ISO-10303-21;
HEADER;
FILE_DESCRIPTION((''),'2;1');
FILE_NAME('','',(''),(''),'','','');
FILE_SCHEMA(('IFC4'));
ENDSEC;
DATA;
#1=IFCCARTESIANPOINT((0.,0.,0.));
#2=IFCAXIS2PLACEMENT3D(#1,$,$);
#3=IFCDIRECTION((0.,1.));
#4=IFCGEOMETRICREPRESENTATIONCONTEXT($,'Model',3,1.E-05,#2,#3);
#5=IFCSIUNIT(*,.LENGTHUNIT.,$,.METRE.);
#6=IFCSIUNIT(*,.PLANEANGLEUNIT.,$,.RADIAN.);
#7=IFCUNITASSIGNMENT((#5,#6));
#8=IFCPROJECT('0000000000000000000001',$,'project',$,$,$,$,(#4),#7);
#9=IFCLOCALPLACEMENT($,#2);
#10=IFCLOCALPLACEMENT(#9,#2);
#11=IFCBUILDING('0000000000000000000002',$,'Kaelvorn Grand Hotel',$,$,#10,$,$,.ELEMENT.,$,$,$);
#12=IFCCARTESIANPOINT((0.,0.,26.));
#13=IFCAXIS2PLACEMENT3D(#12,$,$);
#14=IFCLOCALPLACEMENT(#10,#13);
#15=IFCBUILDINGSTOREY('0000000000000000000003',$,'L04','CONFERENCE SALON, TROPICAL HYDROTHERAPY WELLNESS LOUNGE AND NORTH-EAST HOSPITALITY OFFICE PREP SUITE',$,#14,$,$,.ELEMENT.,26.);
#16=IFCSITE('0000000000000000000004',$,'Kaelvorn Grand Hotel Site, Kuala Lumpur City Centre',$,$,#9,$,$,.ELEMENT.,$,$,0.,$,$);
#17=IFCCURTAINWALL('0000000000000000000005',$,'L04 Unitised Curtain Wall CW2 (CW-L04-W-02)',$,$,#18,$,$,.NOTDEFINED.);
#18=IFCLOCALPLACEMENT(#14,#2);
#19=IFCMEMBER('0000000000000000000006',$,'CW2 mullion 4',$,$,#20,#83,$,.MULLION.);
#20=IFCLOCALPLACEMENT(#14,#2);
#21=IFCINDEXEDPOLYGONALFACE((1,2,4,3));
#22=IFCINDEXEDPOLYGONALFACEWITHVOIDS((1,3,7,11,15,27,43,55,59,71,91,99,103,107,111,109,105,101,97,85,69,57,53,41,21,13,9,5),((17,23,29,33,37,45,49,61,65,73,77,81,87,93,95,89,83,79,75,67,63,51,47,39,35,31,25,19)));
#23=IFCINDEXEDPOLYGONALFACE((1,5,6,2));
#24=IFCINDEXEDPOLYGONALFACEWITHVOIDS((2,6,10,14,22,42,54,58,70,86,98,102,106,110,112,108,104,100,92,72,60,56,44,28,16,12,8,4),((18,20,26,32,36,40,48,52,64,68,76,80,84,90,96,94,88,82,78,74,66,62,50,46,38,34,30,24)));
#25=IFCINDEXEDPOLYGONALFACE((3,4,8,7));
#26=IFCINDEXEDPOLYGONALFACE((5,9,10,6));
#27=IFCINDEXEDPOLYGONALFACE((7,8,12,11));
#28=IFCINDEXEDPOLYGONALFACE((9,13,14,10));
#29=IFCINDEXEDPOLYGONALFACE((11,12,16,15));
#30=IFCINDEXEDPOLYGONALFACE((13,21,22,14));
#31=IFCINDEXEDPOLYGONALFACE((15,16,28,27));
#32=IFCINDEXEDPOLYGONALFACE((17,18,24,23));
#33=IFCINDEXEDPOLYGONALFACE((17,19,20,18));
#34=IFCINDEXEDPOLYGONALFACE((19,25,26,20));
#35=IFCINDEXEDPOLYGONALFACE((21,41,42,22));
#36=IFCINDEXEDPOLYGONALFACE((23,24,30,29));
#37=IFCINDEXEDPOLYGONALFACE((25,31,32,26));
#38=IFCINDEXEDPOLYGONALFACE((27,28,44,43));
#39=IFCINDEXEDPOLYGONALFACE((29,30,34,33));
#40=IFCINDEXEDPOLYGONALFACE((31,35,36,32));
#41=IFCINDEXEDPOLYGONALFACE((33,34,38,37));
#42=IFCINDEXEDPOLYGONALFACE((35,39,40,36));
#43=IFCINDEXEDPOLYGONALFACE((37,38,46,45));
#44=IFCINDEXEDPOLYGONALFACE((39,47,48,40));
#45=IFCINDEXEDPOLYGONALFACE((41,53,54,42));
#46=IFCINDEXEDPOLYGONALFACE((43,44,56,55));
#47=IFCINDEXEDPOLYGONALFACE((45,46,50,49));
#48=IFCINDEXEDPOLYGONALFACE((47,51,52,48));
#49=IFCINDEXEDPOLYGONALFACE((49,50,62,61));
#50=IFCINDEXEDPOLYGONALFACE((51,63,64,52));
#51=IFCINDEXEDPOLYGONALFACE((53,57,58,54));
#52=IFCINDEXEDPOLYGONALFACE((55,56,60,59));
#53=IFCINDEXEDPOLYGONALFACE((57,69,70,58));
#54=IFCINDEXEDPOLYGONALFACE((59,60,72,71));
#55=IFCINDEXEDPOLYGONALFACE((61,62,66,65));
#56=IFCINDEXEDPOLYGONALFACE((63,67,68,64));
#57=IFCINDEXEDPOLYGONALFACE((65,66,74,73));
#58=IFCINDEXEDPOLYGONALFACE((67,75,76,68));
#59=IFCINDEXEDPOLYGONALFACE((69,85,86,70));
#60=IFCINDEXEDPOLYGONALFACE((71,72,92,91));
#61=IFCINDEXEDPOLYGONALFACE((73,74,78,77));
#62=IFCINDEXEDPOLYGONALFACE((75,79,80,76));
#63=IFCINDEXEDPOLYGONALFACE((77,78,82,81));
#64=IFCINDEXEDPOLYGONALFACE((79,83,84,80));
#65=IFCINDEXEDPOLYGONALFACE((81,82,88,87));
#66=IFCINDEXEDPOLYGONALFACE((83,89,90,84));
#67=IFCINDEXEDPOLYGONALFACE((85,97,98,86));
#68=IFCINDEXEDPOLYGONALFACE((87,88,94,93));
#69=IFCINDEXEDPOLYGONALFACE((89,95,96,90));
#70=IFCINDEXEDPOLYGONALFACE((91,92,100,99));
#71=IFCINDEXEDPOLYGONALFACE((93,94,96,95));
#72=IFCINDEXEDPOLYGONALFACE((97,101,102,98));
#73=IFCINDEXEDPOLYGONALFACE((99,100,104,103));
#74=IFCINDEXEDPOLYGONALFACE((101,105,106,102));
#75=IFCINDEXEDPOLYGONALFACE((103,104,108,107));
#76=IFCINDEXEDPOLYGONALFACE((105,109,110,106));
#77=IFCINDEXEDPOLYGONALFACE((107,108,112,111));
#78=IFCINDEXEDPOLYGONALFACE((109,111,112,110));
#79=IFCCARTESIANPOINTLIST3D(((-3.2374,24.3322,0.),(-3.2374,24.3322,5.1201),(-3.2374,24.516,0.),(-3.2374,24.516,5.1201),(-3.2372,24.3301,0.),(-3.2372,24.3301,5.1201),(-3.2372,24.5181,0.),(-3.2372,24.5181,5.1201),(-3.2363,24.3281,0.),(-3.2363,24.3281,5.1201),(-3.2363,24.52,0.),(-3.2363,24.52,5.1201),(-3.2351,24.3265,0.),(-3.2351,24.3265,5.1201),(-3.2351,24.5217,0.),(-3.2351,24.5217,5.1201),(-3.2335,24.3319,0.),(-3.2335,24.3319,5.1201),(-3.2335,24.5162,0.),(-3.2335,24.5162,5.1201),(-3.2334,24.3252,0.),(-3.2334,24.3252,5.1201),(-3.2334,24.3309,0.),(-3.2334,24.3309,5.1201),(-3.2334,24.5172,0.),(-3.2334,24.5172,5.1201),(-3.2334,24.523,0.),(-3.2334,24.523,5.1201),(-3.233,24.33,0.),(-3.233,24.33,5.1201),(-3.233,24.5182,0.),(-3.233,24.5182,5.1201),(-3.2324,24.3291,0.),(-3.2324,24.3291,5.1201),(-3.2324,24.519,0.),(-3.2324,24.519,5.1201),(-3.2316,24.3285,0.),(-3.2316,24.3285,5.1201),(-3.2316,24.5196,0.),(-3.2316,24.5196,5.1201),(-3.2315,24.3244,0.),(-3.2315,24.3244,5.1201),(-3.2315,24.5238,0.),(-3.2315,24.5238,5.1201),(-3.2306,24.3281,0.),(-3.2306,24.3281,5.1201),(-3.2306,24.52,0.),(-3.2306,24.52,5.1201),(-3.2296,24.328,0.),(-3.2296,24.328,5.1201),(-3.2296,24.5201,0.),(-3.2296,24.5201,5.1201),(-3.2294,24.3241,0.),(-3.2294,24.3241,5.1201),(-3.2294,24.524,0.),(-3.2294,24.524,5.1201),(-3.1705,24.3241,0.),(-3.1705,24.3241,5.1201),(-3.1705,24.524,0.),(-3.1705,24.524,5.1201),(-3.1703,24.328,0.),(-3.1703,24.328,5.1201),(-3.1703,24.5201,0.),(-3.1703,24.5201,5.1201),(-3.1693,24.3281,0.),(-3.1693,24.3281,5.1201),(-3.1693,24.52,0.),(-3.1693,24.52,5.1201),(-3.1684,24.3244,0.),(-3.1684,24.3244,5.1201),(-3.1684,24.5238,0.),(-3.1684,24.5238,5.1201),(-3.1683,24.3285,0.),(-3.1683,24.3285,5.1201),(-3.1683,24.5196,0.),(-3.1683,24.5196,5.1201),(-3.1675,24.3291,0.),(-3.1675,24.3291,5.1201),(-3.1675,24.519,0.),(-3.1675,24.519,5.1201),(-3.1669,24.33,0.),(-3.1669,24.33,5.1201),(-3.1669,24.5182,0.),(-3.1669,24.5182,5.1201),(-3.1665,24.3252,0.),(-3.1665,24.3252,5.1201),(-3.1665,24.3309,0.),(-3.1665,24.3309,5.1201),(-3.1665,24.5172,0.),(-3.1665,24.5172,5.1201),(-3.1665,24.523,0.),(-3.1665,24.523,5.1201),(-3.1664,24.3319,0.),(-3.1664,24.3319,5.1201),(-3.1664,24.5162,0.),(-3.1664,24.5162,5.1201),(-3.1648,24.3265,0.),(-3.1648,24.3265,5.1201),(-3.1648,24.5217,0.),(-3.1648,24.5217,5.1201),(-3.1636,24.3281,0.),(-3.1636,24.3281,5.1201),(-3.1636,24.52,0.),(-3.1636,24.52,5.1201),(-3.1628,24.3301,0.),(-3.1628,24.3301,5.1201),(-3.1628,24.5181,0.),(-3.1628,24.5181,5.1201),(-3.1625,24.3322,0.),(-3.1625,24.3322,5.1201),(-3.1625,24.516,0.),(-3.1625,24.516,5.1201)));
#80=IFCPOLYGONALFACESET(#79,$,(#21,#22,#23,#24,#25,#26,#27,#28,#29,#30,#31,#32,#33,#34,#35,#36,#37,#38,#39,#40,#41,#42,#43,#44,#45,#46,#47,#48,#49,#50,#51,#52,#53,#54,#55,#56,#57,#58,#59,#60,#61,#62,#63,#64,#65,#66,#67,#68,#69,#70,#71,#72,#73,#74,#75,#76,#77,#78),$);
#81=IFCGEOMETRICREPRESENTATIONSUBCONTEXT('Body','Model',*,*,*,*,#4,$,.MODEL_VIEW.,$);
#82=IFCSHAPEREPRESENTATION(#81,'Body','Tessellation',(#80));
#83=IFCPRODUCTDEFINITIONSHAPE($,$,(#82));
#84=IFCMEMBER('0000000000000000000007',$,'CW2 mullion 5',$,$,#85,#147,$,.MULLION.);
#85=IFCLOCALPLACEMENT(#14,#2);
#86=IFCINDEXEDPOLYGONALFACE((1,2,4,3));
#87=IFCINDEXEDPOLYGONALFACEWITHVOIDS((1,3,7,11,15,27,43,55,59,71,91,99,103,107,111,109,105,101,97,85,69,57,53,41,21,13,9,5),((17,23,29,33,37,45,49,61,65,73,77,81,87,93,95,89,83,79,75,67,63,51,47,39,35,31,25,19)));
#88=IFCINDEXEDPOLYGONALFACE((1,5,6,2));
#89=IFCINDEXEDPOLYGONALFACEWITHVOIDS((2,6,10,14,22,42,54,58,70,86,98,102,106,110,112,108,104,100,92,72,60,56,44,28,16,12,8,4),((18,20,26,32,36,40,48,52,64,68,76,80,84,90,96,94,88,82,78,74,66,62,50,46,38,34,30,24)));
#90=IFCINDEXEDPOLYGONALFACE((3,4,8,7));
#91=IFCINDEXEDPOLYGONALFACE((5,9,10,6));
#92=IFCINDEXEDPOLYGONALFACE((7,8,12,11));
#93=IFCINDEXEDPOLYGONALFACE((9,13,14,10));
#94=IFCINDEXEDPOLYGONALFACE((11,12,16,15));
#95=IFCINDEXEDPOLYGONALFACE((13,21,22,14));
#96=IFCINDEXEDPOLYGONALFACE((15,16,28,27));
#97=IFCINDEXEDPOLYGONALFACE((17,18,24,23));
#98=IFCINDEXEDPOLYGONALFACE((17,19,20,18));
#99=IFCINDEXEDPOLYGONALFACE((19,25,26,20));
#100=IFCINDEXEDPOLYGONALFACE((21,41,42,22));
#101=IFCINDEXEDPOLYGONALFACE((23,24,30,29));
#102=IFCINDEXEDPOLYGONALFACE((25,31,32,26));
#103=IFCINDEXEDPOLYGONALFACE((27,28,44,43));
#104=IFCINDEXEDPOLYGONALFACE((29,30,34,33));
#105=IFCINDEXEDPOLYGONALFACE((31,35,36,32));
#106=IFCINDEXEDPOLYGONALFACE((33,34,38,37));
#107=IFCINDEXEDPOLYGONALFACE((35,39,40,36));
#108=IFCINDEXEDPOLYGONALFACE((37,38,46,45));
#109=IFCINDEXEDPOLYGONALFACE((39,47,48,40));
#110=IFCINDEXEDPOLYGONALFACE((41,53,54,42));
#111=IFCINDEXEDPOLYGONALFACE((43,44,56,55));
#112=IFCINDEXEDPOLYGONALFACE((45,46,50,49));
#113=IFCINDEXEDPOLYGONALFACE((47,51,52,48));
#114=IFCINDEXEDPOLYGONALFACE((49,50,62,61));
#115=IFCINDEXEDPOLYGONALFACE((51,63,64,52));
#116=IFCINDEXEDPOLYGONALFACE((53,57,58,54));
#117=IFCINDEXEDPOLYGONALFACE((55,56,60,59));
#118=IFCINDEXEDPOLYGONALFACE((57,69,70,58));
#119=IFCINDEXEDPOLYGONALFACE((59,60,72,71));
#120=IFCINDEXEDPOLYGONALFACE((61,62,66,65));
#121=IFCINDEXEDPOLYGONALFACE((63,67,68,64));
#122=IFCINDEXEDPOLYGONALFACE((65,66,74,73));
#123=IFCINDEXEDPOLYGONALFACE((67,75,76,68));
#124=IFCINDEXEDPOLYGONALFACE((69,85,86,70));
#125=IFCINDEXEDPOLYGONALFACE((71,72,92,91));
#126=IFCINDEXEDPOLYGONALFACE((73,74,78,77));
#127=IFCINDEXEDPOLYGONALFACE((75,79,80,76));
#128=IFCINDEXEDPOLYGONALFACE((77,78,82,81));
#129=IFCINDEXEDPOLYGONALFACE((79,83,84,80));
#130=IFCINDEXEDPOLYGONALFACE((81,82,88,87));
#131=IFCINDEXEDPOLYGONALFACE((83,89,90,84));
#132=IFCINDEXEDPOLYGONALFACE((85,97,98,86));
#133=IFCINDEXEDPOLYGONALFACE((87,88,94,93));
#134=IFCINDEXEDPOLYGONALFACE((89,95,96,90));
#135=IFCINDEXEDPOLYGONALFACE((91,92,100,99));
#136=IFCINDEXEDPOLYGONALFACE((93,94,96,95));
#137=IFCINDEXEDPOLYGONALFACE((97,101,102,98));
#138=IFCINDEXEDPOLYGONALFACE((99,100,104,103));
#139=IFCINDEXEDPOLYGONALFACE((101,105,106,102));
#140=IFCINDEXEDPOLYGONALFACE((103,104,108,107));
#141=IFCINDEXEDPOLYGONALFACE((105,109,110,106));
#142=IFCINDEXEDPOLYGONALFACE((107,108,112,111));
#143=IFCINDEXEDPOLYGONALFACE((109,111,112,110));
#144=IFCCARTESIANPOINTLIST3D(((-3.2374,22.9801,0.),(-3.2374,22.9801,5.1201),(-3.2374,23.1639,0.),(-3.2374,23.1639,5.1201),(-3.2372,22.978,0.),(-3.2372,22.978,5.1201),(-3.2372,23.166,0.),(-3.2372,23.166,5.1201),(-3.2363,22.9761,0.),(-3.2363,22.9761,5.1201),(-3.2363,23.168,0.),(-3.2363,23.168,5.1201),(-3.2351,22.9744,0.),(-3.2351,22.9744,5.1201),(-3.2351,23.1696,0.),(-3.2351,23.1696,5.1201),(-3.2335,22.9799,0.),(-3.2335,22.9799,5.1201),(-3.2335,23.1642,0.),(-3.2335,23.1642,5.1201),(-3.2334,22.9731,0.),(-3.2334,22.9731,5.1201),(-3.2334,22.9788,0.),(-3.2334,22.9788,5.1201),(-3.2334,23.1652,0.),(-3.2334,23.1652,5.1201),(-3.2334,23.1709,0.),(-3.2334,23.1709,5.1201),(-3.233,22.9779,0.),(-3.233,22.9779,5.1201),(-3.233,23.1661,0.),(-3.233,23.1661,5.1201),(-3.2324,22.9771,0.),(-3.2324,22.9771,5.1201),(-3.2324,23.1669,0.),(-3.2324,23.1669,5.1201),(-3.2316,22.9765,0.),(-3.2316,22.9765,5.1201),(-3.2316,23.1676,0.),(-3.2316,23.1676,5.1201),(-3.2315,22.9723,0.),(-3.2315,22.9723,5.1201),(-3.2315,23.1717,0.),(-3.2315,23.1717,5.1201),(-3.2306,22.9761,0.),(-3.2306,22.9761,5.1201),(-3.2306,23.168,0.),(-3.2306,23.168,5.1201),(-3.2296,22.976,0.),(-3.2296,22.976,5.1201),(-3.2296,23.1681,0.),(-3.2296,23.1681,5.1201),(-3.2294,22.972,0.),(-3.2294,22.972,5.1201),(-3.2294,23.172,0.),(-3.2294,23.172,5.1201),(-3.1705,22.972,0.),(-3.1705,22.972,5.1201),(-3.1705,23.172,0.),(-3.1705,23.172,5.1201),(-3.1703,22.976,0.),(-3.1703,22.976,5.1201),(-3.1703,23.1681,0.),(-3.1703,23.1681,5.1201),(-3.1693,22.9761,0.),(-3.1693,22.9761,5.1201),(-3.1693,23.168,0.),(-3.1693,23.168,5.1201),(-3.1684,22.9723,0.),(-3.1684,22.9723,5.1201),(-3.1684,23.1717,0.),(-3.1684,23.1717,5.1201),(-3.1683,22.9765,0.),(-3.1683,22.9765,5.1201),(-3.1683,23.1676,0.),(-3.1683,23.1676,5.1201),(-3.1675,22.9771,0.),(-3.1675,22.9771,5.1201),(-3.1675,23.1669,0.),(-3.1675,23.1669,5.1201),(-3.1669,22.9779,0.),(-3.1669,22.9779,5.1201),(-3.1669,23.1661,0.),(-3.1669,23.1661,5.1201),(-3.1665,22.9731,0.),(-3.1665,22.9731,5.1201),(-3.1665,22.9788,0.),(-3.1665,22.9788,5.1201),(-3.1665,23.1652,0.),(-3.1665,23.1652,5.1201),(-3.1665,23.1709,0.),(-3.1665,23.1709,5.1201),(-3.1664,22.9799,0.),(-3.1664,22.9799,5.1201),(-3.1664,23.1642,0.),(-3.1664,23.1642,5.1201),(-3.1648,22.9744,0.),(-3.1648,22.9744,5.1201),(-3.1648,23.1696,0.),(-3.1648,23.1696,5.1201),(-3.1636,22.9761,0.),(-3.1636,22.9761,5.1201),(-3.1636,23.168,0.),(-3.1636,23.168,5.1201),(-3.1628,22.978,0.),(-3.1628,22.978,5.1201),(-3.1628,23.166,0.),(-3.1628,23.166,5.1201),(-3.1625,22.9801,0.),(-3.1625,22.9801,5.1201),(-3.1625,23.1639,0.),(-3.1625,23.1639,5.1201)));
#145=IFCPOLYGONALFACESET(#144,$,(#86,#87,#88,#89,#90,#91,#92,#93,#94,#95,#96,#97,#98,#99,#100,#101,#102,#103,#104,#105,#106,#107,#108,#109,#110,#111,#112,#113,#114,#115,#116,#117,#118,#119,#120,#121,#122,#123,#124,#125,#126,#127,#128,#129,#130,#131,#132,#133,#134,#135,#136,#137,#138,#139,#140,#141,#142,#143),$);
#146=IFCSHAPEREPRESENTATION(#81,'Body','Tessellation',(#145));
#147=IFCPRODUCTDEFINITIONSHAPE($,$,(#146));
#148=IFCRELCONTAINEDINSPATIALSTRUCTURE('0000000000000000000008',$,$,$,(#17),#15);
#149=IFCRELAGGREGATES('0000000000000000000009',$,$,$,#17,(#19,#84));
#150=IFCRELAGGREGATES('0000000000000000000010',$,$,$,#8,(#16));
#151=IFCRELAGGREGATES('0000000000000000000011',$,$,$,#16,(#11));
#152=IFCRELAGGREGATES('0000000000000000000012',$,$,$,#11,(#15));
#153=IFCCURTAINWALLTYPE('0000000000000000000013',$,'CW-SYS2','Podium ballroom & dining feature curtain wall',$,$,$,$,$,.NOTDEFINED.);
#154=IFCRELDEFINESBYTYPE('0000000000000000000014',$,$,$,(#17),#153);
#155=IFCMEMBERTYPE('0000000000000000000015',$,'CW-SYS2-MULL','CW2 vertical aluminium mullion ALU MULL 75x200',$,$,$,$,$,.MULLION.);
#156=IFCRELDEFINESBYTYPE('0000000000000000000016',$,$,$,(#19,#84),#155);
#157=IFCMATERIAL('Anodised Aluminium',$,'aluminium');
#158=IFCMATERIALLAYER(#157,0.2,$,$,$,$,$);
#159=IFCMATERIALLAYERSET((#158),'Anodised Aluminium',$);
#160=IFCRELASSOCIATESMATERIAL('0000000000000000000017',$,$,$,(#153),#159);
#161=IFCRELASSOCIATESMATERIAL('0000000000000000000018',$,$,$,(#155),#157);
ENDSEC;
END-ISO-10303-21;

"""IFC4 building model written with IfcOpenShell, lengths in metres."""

from ifc_helpers import new_model, si_unit, direction, frame, origin, origin_2d, place, context, subcontext, project, spatial, hollow_rectangle, extrude, material, layer, layer_set, material_profile, profile_set, type_object, element, aggregate, save


model = new_model("IFC4")

# Units and contexts
model_context = context("Model", 3, precision=1e-05, world=origin(), true_north=direction((0.0, 1.0)))
body_context = subcontext(model_context, "Body", "Model", "MODEL_VIEW")
ifc_project = project(units=[si_unit("LENGTHUNIT", "METRE"), si_unit("PLANEANGLEUNIT", "RADIAN")], contexts=[model_context])

# Site, building, storey
site_placement = place(None, origin())
site = spatial("IfcSite", under=ifc_project, at=site_placement, Name="Kaelvorn Grand Hotel Site, Kuala Lumpur City Centre", CompositionType="ELEMENT", RefElevation=0.0)
building_placement = place(site_placement, origin())
building = spatial("IfcBuilding", under=site, at=building_placement, Name="Kaelvorn Grand Hotel", CompositionType="ELEMENT")
storey_placement = place(building_placement, frame((0.0, 0.0, 26.0)))
storey = spatial("IfcBuildingStorey", under=building, at=storey_placement, Name="L04", Description="CONFERENCE SALON, TROPICAL HYDROTHERAPY WELLNESS LOUNGE AND NORTH-EAST HOSPITALITY OFFICE PREP SUITE", CompositionType="ELEMENT", Elevation=26.0)

# Curtain wall, members
ifc_material_1 = material(Name="Anodised Aluminium", Category="aluminium")
ifc_layer_1 = layer(ifc_material_1, 0.2)
ifc_layer_set_1 = layer_set([ifc_layer_1], Name="Anodised Aluminium")
curtain_wall_type = type_object("IfcCurtainWallType", Name="CW-SYS2", Description="Podium ballroom & dining feature curtain wall", PredefinedType="NOTDEFINED", material=ifc_layer_set_1)
curtain_wall_1_placement = place(storey_placement, origin())
curtain_wall_1 = element("IfcCurtainWall", 1, at=curtain_wall_1_placement, inside=storey, type_object=curtain_wall_type, Name="L04 Unitised Curtain Wall CW2 (CW-L04-W-02)", PredefinedType="NOTDEFINED")
ifc_material_profile_1 = material_profile(ifc_material_1, hollow_rectangle(XDim=0.075, YDim=0.2, WallThickness=0.0039, InnerFilletRadius=0.0039, OuterFilletRadius=0.0081, at=origin_2d()), Name="ALU MULL 75x200")
ifc_profile_set_1 = profile_set([ifc_material_profile_1], Name="Anodised Aluminium")
member_type_1 = type_object("IfcMemberType", Name="CW-SYS2-MULL", Description="CW2 vertical aluminium mullion ALU MULL 75x200", PredefinedType="MULLION", material=ifc_profile_set_1)
member_1_placement = place(storey_placement, frame((-3.2, 24.4241, 0.0), z_axis=(0.0, 0.0, 1.0), x_axis=(1.0, 0.0, 0.0)))
member_1 = element("IfcMember", 2, at=member_1_placement, type_object=member_type_1, Name="CW2 mullion 4", PredefinedType="MULLION", context=body_context, shape_type="SweptSolid", body=[
    extrude(hollow_rectangle(XDim=0.075, YDim=0.2, WallThickness=0.0039, InnerFilletRadius=0.0039, OuterFilletRadius=0.0081, at=origin_2d()), origin(), (0.0, 0.0, 1.0), 5.1201),
])
member_2_placement = place(storey_placement, frame((-3.2, 23.072, 0.0), z_axis=(0.0, 0.0, 1.0), x_axis=(1.0, 0.0, 0.0)))
member_2 = element("IfcMember", 3, at=member_2_placement, type_object=member_type_1, Name="CW2 mullion 5", PredefinedType="MULLION", context=body_context, shape_type="SweptSolid", body=[
    extrude(hollow_rectangle(XDim=0.075, YDim=0.2, WallThickness=0.0039, InnerFilletRadius=0.0039, OuterFilletRadius=0.0081, at=origin_2d()), origin(), (0.0, 0.0, 1.0), 5.1201),
])

aggregate(curtain_wall_1, [member_1, member_2])

save(model, "model.ifc")
